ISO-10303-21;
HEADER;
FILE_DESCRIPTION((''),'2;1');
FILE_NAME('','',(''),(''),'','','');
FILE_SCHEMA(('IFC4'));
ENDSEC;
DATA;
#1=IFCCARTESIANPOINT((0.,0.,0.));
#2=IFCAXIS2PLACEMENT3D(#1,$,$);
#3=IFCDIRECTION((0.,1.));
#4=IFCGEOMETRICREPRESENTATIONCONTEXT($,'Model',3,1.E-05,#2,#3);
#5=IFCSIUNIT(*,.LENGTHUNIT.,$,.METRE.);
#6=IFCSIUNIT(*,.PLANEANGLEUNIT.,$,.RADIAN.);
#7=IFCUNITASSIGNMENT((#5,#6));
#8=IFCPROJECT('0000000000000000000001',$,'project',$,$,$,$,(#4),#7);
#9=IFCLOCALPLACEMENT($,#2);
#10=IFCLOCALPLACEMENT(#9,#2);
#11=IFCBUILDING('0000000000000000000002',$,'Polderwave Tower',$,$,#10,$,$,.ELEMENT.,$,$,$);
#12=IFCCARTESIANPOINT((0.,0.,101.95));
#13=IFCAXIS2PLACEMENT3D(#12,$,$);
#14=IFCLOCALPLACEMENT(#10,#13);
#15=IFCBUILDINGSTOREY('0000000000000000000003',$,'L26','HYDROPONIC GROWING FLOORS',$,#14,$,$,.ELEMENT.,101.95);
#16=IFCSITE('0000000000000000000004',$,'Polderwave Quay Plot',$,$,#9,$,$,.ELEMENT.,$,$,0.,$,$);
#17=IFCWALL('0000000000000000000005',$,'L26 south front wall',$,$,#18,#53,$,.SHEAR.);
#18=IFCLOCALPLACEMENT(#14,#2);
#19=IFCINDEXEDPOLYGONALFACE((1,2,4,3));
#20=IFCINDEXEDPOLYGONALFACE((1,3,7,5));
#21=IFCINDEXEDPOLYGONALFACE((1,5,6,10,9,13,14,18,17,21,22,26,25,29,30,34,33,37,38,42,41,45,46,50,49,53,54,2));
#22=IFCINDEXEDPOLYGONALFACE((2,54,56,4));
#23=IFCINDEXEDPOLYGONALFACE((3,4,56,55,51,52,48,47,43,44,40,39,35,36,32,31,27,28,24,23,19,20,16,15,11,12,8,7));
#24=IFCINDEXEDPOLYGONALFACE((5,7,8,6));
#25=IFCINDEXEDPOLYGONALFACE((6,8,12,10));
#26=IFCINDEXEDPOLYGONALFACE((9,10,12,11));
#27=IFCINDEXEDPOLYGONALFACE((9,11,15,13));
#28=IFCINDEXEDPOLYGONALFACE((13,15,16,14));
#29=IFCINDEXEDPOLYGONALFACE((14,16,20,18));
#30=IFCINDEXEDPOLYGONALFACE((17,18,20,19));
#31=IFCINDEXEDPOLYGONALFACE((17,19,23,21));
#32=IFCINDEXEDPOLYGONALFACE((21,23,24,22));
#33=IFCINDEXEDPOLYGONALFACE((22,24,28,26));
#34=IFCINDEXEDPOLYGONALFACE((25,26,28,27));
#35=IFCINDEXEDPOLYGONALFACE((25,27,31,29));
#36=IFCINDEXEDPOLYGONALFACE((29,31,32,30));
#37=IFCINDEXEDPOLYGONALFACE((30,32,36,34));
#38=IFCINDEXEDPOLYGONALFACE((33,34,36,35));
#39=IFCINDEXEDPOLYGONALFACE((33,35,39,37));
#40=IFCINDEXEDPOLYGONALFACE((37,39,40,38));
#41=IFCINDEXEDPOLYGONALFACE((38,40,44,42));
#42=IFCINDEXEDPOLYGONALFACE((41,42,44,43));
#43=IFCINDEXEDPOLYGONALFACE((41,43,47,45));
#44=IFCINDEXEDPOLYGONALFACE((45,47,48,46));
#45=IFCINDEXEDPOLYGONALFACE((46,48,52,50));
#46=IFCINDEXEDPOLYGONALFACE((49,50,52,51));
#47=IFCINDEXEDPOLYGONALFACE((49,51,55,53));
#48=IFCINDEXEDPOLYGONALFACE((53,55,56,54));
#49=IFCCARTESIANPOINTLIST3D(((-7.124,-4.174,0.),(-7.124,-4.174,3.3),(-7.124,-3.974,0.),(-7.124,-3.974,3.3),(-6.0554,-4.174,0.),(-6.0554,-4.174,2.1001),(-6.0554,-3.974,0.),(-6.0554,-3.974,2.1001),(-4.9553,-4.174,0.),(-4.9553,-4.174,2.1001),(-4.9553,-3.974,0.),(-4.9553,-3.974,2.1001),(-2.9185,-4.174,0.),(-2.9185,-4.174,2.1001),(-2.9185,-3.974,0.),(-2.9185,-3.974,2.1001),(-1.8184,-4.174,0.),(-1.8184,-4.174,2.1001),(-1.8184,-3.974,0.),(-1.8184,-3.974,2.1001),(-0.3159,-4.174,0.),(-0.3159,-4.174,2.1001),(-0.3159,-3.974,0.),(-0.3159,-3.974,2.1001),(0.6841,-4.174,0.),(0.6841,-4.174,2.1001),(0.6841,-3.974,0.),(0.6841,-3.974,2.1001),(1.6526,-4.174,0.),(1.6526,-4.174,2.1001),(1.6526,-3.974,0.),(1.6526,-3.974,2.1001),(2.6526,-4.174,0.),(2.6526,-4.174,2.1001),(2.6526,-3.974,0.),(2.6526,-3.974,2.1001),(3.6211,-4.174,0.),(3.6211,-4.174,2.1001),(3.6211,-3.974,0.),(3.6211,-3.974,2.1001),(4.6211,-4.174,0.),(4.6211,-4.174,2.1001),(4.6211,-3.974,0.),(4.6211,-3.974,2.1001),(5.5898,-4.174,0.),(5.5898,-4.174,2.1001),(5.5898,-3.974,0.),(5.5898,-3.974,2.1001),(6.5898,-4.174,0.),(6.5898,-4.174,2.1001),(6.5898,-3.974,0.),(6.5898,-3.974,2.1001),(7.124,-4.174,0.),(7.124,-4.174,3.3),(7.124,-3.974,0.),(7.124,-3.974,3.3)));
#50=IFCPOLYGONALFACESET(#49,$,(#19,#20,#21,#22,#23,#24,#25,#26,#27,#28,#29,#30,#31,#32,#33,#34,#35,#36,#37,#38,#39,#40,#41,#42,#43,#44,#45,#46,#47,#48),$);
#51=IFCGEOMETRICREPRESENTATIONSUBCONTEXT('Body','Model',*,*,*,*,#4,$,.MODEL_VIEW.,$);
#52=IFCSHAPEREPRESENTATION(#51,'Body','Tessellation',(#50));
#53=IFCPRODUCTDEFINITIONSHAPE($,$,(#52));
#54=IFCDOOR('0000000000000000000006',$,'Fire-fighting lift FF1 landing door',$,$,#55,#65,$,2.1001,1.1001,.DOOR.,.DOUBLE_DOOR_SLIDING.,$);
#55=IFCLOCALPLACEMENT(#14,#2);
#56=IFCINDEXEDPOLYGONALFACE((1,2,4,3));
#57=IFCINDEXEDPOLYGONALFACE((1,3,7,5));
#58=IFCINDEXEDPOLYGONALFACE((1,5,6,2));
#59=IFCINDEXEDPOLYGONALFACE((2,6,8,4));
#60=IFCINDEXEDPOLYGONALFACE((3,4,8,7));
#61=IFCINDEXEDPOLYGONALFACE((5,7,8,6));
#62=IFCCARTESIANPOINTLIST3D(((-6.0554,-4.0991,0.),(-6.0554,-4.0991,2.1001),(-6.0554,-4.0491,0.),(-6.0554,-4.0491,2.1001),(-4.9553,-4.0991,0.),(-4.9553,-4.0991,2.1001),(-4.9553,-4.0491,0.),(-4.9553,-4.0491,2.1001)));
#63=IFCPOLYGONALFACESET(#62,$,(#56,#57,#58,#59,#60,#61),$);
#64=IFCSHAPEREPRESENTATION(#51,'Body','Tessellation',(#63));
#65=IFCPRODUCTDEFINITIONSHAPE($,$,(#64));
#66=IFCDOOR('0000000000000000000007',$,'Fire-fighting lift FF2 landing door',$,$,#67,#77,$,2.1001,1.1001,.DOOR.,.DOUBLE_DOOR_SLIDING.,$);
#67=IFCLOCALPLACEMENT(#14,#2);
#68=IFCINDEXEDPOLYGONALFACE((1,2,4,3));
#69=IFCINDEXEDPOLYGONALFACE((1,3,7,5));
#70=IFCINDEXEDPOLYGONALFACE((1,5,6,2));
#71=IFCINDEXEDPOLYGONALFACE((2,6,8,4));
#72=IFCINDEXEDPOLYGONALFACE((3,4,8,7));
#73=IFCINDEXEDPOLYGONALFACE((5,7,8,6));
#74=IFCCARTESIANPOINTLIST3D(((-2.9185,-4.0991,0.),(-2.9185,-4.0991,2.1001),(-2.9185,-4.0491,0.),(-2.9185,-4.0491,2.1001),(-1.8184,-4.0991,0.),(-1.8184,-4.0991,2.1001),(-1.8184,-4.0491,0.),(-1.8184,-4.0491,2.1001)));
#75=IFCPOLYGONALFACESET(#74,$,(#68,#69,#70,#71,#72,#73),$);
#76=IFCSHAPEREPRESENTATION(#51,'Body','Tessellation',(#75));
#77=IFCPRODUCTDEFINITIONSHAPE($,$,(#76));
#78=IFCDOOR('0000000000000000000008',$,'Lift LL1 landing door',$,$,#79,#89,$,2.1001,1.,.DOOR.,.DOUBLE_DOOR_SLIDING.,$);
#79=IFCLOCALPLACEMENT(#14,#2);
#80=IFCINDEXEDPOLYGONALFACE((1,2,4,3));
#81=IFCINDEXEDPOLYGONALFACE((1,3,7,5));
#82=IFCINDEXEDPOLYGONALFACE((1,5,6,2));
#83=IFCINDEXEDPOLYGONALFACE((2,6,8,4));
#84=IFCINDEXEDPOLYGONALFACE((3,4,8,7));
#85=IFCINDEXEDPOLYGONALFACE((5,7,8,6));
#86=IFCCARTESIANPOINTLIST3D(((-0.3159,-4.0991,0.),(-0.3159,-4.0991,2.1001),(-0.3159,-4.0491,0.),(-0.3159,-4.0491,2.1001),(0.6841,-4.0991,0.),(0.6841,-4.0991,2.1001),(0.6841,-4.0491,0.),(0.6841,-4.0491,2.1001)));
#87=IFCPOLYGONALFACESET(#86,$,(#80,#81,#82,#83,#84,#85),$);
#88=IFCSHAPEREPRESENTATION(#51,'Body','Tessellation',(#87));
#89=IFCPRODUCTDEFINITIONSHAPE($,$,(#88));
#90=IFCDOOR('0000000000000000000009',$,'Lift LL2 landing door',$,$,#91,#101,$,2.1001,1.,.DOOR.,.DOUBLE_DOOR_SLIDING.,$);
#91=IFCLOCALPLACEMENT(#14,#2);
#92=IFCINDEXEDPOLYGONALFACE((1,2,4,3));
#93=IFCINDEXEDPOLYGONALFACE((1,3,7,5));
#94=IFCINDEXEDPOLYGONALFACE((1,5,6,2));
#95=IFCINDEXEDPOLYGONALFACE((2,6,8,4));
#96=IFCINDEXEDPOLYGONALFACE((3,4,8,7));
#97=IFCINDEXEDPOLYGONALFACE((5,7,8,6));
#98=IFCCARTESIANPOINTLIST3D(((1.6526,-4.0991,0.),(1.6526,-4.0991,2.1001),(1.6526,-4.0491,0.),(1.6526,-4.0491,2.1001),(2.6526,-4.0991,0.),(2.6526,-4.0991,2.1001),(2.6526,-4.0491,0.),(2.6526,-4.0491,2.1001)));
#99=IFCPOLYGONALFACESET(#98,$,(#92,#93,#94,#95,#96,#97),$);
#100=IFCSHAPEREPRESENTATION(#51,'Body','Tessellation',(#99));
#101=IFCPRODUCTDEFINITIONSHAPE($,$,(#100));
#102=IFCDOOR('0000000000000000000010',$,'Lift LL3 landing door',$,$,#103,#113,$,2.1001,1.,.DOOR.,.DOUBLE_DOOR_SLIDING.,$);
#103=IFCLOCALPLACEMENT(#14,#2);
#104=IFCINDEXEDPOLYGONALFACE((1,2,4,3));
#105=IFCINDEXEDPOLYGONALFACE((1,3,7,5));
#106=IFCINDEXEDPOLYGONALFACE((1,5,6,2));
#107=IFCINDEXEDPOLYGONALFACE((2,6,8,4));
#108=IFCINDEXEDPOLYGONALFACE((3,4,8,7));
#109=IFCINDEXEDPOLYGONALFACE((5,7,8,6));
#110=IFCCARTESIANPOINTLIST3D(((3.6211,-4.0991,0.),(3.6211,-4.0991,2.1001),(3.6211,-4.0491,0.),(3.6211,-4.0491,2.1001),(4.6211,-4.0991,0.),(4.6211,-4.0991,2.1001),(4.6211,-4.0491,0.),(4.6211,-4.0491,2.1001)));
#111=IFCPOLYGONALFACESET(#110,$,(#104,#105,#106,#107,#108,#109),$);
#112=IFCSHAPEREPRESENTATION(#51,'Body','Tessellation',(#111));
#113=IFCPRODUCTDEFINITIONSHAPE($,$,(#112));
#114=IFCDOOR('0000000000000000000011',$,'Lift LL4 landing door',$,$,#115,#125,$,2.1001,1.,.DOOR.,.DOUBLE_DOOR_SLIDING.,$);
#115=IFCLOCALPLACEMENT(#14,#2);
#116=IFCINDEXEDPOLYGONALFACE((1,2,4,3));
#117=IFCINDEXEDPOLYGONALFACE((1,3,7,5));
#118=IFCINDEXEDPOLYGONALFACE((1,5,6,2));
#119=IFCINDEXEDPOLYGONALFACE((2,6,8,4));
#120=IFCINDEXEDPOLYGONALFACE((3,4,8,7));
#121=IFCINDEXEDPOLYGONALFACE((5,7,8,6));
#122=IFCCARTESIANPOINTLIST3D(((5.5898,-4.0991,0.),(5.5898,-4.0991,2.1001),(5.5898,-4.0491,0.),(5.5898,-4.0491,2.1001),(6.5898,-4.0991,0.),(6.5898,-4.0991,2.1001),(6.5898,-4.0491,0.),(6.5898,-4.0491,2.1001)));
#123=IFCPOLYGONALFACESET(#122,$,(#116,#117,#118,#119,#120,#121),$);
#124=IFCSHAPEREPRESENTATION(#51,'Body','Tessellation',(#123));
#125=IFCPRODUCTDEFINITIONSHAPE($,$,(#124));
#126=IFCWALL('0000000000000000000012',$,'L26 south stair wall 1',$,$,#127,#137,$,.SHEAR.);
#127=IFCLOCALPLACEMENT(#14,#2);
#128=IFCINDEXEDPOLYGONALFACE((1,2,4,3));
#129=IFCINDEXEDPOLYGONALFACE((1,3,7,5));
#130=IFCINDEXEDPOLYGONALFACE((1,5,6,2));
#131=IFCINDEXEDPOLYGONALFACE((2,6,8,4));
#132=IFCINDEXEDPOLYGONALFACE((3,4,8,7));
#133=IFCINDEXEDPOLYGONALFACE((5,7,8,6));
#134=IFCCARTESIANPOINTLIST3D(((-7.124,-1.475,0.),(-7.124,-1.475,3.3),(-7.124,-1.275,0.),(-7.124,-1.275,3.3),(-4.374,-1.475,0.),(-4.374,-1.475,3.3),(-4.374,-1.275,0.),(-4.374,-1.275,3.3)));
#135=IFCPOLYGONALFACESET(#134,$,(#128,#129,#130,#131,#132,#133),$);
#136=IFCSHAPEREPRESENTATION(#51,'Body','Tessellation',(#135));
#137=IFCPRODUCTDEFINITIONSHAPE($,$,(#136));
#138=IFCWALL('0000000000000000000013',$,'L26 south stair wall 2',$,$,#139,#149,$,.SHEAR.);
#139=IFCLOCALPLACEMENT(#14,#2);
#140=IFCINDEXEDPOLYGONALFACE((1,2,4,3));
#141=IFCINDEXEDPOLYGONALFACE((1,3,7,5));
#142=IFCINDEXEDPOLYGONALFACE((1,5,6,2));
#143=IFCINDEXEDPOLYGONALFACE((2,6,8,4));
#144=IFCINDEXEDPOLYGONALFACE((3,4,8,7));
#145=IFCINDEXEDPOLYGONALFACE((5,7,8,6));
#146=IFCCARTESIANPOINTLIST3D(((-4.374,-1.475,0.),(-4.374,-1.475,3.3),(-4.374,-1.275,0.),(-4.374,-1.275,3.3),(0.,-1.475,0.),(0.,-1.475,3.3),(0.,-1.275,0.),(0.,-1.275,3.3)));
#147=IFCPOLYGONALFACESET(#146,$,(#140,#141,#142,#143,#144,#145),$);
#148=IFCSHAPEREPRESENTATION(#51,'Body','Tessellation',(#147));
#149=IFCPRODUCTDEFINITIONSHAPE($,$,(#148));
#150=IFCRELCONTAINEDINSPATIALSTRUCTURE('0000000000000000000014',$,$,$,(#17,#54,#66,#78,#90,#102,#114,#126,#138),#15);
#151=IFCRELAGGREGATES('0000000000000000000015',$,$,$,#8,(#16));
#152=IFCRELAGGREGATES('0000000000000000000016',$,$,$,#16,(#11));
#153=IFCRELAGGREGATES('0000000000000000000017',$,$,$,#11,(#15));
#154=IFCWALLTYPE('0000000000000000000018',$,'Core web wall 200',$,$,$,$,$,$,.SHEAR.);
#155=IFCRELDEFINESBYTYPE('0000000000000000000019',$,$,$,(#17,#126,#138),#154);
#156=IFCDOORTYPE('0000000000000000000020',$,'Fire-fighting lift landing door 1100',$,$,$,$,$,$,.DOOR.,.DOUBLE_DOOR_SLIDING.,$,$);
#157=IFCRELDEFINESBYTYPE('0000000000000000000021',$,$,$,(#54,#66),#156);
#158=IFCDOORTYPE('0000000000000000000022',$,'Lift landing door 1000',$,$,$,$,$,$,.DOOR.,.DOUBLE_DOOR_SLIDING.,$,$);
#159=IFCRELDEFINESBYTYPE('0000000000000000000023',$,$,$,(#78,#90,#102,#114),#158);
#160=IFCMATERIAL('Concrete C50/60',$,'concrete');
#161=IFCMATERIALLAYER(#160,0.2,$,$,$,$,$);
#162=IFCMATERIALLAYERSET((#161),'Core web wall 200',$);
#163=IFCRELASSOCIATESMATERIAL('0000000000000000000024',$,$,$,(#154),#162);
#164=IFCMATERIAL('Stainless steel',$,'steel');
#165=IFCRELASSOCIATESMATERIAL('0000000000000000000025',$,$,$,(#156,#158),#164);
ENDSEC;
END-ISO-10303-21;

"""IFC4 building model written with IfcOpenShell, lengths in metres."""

from ifc_helpers import new_model, si_unit, direction, frame, frame_2d, origin, place, context, subcontext, project, spatial, rectangle, extrude, material, layer, layer_set, type_object, element, fill, save


model = new_model("IFC4")

# Units and contexts
model_context = context("Model", 3, precision=1e-05, world=origin(), true_north=direction((0.0, 1.0)))
body_context = subcontext(model_context, "Body", "Model", "MODEL_VIEW")
ifc_project = project(units=[si_unit("LENGTHUNIT", "METRE"), si_unit("PLANEANGLEUNIT", "RADIAN")], contexts=[model_context])

# Site, building, storey
site_placement = place(None, origin())
site = spatial("IfcSite", under=ifc_project, at=site_placement, Name="Polderwave Quay Plot", CompositionType="ELEMENT", RefElevation=0.0)
building_placement = place(site_placement, origin())
building = spatial("IfcBuilding", under=site, at=building_placement, Name="Polderwave Tower", CompositionType="ELEMENT")
storey_placement = place(building_placement, frame((0.0, 0.0, 101.95)))
storey = spatial("IfcBuildingStorey", under=building, at=storey_placement, Name="L26", Description="HYDROPONIC GROWING FLOORS", CompositionType="ELEMENT", Elevation=101.95)

# Wall, openings, doors
ifc_material_1 = material(Name="Concrete C50/60", Category="concrete")
ifc_layer_1 = layer(ifc_material_1, 0.2)
ifc_layer_set_1 = layer_set([ifc_layer_1], Name="Core web wall 200")
wall_type_1 = type_object("IfcWallType", Name="Core web wall 200", PredefinedType="SHEAR", material=ifc_layer_set_1)
wall_1_placement = place(storey_placement, frame((-7.124, -4.074, 0.0), z_axis=(0.0, 0.0, 1.0), x_axis=(1.0, 0.0, 0.0)))
wall_1 = element("IfcWall", 1, at=wall_1_placement, inside=storey, type_object=wall_type_1, Name="L26 south front wall", PredefinedType="SHEAR", context=body_context, shape_type="SweptSolid", body=[
    extrude(rectangle(XDim=14.248, YDim=0.2, at=frame_2d((7.124, 0.0))), origin(), (0.0, 0.0, 1.0), 3.3),
])
opening_1_placement = place(wall_1_placement, frame((1.0686, 0.0, 0.0)))
opening_1 = element("IfcOpeningElement", 2, at=opening_1_placement, cuts=wall_1, PredefinedType="OPENING", context=body_context, shape_type="SweptSolid", body=[
    extrude(rectangle(XDim=1.1001, YDim=2.1001, at=frame_2d((0.55, 1.05))), frame((0.0, 0.1099, 0.0), z_axis=(0.0, -1.0, 0.0), x_axis=(1.0, 0.0, 0.0)), (0.0, 0.0, 1.0), 0.22),
])
opening_2_placement = place(wall_1_placement, frame((4.2056, 0.0, 0.0)))
opening_2 = element("IfcOpeningElement", 3, at=opening_2_placement, cuts=wall_1, PredefinedType="OPENING", context=body_context, shape_type="SweptSolid", body=[
    extrude(rectangle(XDim=1.1001, YDim=2.1001, at=frame_2d((0.55, 1.05))), frame((0.0, 0.1099, 0.0), z_axis=(0.0, -1.0, 0.0), x_axis=(1.0, 0.0, 0.0)), (0.0, 0.0, 1.0), 0.22),
])
opening_3_placement = place(wall_1_placement, frame((6.8081, 0.0, 0.0)))
opening_3 = element("IfcOpeningElement", 4, at=opening_3_placement, cuts=wall_1, PredefinedType="OPENING", context=body_context, shape_type="SweptSolid", body=[
    extrude(rectangle(XDim=1.0, YDim=2.1001, at=frame_2d((0.5, 1.05))), frame((0.0, 0.1099, 0.0), z_axis=(0.0, -1.0, 0.0), x_axis=(1.0, 0.0, 0.0)), (0.0, 0.0, 1.0), 0.22),
])
opening_4_placement = place(wall_1_placement, frame((8.7766, 0.0, 0.0)))
opening_4 = element("IfcOpeningElement", 5, at=opening_4_placement, cuts=wall_1, PredefinedType="OPENING", context=body_context, shape_type="SweptSolid", body=[
    extrude(rectangle(XDim=1.0, YDim=2.1001, at=frame_2d((0.5, 1.05))), frame((0.0, 0.1099, 0.0), z_axis=(0.0, -1.0, 0.0), x_axis=(1.0, 0.0, 0.0)), (0.0, 0.0, 1.0), 0.22),
])
opening_5_placement = place(wall_1_placement, frame((10.7451, 0.0, 0.0)))
opening_5 = element("IfcOpeningElement", 6, at=opening_5_placement, cuts=wall_1, PredefinedType="OPENING", context=body_context, shape_type="SweptSolid", body=[
    extrude(rectangle(XDim=1.0, YDim=2.1001, at=frame_2d((0.5, 1.05))), frame((0.0, 0.1099, 0.0), z_axis=(0.0, -1.0, 0.0), x_axis=(1.0, 0.0, 0.0)), (0.0, 0.0, 1.0), 0.22),
])
opening_6_placement = place(wall_1_placement, frame((12.7139, 0.0, 0.0)))
opening_6 = element("IfcOpeningElement", 7, at=opening_6_placement, cuts=wall_1, PredefinedType="OPENING", context=body_context, shape_type="SweptSolid", body=[
    extrude(rectangle(XDim=1.0, YDim=2.1001, at=frame_2d((0.5, 1.05))), frame((0.0, 0.1099, 0.0), z_axis=(0.0, -1.0, 0.0), x_axis=(1.0, 0.0, 0.0)), (0.0, 0.0, 1.0), 0.22),
])
ifc_material_2 = material(Name="Stainless steel", Category="steel")
door_type_1 = type_object("IfcDoorType", Name="Fire-fighting lift landing door 1100", OperationType="DOUBLE_DOOR_SLIDING", PredefinedType="DOOR", material=ifc_material_2)
door_1_placement = place(opening_1_placement, origin())
door_1 = element("IfcDoor", 8, at=door_1_placement, inside=storey, type_object=door_type_1, Name="Fire-fighting lift FF1 landing door", OperationType="DOUBLE_DOOR_SLIDING", OverallHeight=2.1001, OverallWidth=1.1001, PredefinedType="DOOR", context=body_context, shape_type="SweptSolid", body=[
    extrude(rectangle(XDim=1.1001, YDim=2.1001, at=frame_2d((0.55, 1.05))), frame((0.0, 0.0249, 0.0), z_axis=(0.0, -1.0, 0.0), x_axis=(1.0, 0.0, 0.0)), (0.0, 0.0, 1.0), 0.05),
])
fill(opening_1, door_1)
door_2_placement = place(opening_2_placement, origin())
door_2 = element("IfcDoor", 9, at=door_2_placement, inside=storey, type_object=door_type_1, Name="Fire-fighting lift FF2 landing door", OperationType="DOUBLE_DOOR_SLIDING", OverallHeight=2.1001, OverallWidth=1.1001, PredefinedType="DOOR", context=body_context, shape_type="SweptSolid", body=[
    extrude(rectangle(XDim=1.1001, YDim=2.1001, at=frame_2d((0.55, 1.05))), frame((0.0, 0.0249, 0.0), z_axis=(0.0, -1.0, 0.0), x_axis=(1.0, 0.0, 0.0)), (0.0, 0.0, 1.0), 0.05),
])
fill(opening_2, door_2)
door_type_2 = type_object("IfcDoorType", Name="Lift landing door 1000", OperationType="DOUBLE_DOOR_SLIDING", PredefinedType="DOOR", material=ifc_material_2)
door_3_placement = place(opening_3_placement, origin())
door_3 = element("IfcDoor", 10, at=door_3_placement, inside=storey, type_object=door_type_2, Name="Lift LL1 landing door", OperationType="DOUBLE_DOOR_SLIDING", OverallHeight=2.1001, OverallWidth=1.0, PredefinedType="DOOR", context=body_context, shape_type="SweptSolid", body=[
    extrude(rectangle(XDim=1.0, YDim=2.1001, at=frame_2d((0.5, 1.05))), frame((0.0, 0.0249, 0.0), z_axis=(0.0, -1.0, 0.0), x_axis=(1.0, 0.0, 0.0)), (0.0, 0.0, 1.0), 0.05),
])
fill(opening_3, door_3)
door_4_placement = place(opening_4_placement, origin())
door_4 = element("IfcDoor", 11, at=door_4_placement, inside=storey, type_object=door_type_2, Name="Lift LL2 landing door", OperationType="DOUBLE_DOOR_SLIDING", OverallHeight=2.1001, OverallWidth=1.0, PredefinedType="DOOR", context=body_context, shape_type="SweptSolid", body=[
    extrude(rectangle(XDim=1.0, YDim=2.1001, at=frame_2d((0.5, 1.05))), frame((0.0, 0.0249, 0.0), z_axis=(0.0, -1.0, 0.0), x_axis=(1.0, 0.0, 0.0)), (0.0, 0.0, 1.0), 0.05),
])
fill(opening_4, door_4)
door_5_placement = place(opening_5_placement, origin())
door_5 = element("IfcDoor", 12, at=door_5_placement, inside=storey, type_object=door_type_2, Name="Lift LL3 landing door", OperationType="DOUBLE_DOOR_SLIDING", OverallHeight=2.1001, OverallWidth=1.0, PredefinedType="DOOR", context=body_context, shape_type="SweptSolid", body=[
    extrude(rectangle(XDim=1.0, YDim=2.1001, at=frame_2d((0.5, 1.05))), frame((0.0, 0.0249, 0.0), z_axis=(0.0, -1.0, 0.0), x_axis=(1.0, 0.0, 0.0)), (0.0, 0.0, 1.0), 0.05),
])
fill(opening_5, door_5)
door_6_placement = place(opening_6_placement, origin())
door_6 = element("IfcDoor", 13, at=door_6_placement, inside=storey, type_object=door_type_2, Name="Lift LL4 landing door", OperationType="DOUBLE_DOOR_SLIDING", OverallHeight=2.1001, OverallWidth=1.0, PredefinedType="DOOR", context=body_context, shape_type="SweptSolid", body=[
    extrude(rectangle(XDim=1.0, YDim=2.1001, at=frame_2d((0.5, 1.05))), frame((0.0, 0.0249, 0.0), z_axis=(0.0, -1.0, 0.0), x_axis=(1.0, 0.0, 0.0)), (0.0, 0.0, 1.0), 0.05),
])
fill(opening_6, door_6)

# Walls
wall_2_placement = place(storey_placement, frame((-7.124, -1.375, 0.0), z_axis=(0.0, 0.0, 1.0), x_axis=(1.0, 0.0, 0.0)))
element("IfcWall", 14, at=wall_2_placement, inside=storey, type_object=wall_type_1, Name="L26 south stair wall 1", PredefinedType="SHEAR", context=body_context, shape_type="SweptSolid", body=[
    extrude(rectangle(XDim=2.75, YDim=0.2, at=frame_2d((1.375, 0.0))), origin(), (0.0, 0.0, 1.0), 3.3),
])
wall_3_placement = place(storey_placement, frame((-4.374, -1.375, 0.0), z_axis=(0.0, 0.0, 1.0), x_axis=(1.0, 0.0, 0.0)))
element("IfcWall", 15, at=wall_3_placement, inside=storey, type_object=wall_type_1, Name="L26 south stair wall 2", PredefinedType="SHEAR", context=body_context, shape_type="SweptSolid", body=[
    extrude(rectangle(XDim=4.374, YDim=0.2, at=frame_2d((2.187, 0.0))), origin(), (0.0, 0.0, 1.0), 3.3),
])

save(model, "model.ifc")
